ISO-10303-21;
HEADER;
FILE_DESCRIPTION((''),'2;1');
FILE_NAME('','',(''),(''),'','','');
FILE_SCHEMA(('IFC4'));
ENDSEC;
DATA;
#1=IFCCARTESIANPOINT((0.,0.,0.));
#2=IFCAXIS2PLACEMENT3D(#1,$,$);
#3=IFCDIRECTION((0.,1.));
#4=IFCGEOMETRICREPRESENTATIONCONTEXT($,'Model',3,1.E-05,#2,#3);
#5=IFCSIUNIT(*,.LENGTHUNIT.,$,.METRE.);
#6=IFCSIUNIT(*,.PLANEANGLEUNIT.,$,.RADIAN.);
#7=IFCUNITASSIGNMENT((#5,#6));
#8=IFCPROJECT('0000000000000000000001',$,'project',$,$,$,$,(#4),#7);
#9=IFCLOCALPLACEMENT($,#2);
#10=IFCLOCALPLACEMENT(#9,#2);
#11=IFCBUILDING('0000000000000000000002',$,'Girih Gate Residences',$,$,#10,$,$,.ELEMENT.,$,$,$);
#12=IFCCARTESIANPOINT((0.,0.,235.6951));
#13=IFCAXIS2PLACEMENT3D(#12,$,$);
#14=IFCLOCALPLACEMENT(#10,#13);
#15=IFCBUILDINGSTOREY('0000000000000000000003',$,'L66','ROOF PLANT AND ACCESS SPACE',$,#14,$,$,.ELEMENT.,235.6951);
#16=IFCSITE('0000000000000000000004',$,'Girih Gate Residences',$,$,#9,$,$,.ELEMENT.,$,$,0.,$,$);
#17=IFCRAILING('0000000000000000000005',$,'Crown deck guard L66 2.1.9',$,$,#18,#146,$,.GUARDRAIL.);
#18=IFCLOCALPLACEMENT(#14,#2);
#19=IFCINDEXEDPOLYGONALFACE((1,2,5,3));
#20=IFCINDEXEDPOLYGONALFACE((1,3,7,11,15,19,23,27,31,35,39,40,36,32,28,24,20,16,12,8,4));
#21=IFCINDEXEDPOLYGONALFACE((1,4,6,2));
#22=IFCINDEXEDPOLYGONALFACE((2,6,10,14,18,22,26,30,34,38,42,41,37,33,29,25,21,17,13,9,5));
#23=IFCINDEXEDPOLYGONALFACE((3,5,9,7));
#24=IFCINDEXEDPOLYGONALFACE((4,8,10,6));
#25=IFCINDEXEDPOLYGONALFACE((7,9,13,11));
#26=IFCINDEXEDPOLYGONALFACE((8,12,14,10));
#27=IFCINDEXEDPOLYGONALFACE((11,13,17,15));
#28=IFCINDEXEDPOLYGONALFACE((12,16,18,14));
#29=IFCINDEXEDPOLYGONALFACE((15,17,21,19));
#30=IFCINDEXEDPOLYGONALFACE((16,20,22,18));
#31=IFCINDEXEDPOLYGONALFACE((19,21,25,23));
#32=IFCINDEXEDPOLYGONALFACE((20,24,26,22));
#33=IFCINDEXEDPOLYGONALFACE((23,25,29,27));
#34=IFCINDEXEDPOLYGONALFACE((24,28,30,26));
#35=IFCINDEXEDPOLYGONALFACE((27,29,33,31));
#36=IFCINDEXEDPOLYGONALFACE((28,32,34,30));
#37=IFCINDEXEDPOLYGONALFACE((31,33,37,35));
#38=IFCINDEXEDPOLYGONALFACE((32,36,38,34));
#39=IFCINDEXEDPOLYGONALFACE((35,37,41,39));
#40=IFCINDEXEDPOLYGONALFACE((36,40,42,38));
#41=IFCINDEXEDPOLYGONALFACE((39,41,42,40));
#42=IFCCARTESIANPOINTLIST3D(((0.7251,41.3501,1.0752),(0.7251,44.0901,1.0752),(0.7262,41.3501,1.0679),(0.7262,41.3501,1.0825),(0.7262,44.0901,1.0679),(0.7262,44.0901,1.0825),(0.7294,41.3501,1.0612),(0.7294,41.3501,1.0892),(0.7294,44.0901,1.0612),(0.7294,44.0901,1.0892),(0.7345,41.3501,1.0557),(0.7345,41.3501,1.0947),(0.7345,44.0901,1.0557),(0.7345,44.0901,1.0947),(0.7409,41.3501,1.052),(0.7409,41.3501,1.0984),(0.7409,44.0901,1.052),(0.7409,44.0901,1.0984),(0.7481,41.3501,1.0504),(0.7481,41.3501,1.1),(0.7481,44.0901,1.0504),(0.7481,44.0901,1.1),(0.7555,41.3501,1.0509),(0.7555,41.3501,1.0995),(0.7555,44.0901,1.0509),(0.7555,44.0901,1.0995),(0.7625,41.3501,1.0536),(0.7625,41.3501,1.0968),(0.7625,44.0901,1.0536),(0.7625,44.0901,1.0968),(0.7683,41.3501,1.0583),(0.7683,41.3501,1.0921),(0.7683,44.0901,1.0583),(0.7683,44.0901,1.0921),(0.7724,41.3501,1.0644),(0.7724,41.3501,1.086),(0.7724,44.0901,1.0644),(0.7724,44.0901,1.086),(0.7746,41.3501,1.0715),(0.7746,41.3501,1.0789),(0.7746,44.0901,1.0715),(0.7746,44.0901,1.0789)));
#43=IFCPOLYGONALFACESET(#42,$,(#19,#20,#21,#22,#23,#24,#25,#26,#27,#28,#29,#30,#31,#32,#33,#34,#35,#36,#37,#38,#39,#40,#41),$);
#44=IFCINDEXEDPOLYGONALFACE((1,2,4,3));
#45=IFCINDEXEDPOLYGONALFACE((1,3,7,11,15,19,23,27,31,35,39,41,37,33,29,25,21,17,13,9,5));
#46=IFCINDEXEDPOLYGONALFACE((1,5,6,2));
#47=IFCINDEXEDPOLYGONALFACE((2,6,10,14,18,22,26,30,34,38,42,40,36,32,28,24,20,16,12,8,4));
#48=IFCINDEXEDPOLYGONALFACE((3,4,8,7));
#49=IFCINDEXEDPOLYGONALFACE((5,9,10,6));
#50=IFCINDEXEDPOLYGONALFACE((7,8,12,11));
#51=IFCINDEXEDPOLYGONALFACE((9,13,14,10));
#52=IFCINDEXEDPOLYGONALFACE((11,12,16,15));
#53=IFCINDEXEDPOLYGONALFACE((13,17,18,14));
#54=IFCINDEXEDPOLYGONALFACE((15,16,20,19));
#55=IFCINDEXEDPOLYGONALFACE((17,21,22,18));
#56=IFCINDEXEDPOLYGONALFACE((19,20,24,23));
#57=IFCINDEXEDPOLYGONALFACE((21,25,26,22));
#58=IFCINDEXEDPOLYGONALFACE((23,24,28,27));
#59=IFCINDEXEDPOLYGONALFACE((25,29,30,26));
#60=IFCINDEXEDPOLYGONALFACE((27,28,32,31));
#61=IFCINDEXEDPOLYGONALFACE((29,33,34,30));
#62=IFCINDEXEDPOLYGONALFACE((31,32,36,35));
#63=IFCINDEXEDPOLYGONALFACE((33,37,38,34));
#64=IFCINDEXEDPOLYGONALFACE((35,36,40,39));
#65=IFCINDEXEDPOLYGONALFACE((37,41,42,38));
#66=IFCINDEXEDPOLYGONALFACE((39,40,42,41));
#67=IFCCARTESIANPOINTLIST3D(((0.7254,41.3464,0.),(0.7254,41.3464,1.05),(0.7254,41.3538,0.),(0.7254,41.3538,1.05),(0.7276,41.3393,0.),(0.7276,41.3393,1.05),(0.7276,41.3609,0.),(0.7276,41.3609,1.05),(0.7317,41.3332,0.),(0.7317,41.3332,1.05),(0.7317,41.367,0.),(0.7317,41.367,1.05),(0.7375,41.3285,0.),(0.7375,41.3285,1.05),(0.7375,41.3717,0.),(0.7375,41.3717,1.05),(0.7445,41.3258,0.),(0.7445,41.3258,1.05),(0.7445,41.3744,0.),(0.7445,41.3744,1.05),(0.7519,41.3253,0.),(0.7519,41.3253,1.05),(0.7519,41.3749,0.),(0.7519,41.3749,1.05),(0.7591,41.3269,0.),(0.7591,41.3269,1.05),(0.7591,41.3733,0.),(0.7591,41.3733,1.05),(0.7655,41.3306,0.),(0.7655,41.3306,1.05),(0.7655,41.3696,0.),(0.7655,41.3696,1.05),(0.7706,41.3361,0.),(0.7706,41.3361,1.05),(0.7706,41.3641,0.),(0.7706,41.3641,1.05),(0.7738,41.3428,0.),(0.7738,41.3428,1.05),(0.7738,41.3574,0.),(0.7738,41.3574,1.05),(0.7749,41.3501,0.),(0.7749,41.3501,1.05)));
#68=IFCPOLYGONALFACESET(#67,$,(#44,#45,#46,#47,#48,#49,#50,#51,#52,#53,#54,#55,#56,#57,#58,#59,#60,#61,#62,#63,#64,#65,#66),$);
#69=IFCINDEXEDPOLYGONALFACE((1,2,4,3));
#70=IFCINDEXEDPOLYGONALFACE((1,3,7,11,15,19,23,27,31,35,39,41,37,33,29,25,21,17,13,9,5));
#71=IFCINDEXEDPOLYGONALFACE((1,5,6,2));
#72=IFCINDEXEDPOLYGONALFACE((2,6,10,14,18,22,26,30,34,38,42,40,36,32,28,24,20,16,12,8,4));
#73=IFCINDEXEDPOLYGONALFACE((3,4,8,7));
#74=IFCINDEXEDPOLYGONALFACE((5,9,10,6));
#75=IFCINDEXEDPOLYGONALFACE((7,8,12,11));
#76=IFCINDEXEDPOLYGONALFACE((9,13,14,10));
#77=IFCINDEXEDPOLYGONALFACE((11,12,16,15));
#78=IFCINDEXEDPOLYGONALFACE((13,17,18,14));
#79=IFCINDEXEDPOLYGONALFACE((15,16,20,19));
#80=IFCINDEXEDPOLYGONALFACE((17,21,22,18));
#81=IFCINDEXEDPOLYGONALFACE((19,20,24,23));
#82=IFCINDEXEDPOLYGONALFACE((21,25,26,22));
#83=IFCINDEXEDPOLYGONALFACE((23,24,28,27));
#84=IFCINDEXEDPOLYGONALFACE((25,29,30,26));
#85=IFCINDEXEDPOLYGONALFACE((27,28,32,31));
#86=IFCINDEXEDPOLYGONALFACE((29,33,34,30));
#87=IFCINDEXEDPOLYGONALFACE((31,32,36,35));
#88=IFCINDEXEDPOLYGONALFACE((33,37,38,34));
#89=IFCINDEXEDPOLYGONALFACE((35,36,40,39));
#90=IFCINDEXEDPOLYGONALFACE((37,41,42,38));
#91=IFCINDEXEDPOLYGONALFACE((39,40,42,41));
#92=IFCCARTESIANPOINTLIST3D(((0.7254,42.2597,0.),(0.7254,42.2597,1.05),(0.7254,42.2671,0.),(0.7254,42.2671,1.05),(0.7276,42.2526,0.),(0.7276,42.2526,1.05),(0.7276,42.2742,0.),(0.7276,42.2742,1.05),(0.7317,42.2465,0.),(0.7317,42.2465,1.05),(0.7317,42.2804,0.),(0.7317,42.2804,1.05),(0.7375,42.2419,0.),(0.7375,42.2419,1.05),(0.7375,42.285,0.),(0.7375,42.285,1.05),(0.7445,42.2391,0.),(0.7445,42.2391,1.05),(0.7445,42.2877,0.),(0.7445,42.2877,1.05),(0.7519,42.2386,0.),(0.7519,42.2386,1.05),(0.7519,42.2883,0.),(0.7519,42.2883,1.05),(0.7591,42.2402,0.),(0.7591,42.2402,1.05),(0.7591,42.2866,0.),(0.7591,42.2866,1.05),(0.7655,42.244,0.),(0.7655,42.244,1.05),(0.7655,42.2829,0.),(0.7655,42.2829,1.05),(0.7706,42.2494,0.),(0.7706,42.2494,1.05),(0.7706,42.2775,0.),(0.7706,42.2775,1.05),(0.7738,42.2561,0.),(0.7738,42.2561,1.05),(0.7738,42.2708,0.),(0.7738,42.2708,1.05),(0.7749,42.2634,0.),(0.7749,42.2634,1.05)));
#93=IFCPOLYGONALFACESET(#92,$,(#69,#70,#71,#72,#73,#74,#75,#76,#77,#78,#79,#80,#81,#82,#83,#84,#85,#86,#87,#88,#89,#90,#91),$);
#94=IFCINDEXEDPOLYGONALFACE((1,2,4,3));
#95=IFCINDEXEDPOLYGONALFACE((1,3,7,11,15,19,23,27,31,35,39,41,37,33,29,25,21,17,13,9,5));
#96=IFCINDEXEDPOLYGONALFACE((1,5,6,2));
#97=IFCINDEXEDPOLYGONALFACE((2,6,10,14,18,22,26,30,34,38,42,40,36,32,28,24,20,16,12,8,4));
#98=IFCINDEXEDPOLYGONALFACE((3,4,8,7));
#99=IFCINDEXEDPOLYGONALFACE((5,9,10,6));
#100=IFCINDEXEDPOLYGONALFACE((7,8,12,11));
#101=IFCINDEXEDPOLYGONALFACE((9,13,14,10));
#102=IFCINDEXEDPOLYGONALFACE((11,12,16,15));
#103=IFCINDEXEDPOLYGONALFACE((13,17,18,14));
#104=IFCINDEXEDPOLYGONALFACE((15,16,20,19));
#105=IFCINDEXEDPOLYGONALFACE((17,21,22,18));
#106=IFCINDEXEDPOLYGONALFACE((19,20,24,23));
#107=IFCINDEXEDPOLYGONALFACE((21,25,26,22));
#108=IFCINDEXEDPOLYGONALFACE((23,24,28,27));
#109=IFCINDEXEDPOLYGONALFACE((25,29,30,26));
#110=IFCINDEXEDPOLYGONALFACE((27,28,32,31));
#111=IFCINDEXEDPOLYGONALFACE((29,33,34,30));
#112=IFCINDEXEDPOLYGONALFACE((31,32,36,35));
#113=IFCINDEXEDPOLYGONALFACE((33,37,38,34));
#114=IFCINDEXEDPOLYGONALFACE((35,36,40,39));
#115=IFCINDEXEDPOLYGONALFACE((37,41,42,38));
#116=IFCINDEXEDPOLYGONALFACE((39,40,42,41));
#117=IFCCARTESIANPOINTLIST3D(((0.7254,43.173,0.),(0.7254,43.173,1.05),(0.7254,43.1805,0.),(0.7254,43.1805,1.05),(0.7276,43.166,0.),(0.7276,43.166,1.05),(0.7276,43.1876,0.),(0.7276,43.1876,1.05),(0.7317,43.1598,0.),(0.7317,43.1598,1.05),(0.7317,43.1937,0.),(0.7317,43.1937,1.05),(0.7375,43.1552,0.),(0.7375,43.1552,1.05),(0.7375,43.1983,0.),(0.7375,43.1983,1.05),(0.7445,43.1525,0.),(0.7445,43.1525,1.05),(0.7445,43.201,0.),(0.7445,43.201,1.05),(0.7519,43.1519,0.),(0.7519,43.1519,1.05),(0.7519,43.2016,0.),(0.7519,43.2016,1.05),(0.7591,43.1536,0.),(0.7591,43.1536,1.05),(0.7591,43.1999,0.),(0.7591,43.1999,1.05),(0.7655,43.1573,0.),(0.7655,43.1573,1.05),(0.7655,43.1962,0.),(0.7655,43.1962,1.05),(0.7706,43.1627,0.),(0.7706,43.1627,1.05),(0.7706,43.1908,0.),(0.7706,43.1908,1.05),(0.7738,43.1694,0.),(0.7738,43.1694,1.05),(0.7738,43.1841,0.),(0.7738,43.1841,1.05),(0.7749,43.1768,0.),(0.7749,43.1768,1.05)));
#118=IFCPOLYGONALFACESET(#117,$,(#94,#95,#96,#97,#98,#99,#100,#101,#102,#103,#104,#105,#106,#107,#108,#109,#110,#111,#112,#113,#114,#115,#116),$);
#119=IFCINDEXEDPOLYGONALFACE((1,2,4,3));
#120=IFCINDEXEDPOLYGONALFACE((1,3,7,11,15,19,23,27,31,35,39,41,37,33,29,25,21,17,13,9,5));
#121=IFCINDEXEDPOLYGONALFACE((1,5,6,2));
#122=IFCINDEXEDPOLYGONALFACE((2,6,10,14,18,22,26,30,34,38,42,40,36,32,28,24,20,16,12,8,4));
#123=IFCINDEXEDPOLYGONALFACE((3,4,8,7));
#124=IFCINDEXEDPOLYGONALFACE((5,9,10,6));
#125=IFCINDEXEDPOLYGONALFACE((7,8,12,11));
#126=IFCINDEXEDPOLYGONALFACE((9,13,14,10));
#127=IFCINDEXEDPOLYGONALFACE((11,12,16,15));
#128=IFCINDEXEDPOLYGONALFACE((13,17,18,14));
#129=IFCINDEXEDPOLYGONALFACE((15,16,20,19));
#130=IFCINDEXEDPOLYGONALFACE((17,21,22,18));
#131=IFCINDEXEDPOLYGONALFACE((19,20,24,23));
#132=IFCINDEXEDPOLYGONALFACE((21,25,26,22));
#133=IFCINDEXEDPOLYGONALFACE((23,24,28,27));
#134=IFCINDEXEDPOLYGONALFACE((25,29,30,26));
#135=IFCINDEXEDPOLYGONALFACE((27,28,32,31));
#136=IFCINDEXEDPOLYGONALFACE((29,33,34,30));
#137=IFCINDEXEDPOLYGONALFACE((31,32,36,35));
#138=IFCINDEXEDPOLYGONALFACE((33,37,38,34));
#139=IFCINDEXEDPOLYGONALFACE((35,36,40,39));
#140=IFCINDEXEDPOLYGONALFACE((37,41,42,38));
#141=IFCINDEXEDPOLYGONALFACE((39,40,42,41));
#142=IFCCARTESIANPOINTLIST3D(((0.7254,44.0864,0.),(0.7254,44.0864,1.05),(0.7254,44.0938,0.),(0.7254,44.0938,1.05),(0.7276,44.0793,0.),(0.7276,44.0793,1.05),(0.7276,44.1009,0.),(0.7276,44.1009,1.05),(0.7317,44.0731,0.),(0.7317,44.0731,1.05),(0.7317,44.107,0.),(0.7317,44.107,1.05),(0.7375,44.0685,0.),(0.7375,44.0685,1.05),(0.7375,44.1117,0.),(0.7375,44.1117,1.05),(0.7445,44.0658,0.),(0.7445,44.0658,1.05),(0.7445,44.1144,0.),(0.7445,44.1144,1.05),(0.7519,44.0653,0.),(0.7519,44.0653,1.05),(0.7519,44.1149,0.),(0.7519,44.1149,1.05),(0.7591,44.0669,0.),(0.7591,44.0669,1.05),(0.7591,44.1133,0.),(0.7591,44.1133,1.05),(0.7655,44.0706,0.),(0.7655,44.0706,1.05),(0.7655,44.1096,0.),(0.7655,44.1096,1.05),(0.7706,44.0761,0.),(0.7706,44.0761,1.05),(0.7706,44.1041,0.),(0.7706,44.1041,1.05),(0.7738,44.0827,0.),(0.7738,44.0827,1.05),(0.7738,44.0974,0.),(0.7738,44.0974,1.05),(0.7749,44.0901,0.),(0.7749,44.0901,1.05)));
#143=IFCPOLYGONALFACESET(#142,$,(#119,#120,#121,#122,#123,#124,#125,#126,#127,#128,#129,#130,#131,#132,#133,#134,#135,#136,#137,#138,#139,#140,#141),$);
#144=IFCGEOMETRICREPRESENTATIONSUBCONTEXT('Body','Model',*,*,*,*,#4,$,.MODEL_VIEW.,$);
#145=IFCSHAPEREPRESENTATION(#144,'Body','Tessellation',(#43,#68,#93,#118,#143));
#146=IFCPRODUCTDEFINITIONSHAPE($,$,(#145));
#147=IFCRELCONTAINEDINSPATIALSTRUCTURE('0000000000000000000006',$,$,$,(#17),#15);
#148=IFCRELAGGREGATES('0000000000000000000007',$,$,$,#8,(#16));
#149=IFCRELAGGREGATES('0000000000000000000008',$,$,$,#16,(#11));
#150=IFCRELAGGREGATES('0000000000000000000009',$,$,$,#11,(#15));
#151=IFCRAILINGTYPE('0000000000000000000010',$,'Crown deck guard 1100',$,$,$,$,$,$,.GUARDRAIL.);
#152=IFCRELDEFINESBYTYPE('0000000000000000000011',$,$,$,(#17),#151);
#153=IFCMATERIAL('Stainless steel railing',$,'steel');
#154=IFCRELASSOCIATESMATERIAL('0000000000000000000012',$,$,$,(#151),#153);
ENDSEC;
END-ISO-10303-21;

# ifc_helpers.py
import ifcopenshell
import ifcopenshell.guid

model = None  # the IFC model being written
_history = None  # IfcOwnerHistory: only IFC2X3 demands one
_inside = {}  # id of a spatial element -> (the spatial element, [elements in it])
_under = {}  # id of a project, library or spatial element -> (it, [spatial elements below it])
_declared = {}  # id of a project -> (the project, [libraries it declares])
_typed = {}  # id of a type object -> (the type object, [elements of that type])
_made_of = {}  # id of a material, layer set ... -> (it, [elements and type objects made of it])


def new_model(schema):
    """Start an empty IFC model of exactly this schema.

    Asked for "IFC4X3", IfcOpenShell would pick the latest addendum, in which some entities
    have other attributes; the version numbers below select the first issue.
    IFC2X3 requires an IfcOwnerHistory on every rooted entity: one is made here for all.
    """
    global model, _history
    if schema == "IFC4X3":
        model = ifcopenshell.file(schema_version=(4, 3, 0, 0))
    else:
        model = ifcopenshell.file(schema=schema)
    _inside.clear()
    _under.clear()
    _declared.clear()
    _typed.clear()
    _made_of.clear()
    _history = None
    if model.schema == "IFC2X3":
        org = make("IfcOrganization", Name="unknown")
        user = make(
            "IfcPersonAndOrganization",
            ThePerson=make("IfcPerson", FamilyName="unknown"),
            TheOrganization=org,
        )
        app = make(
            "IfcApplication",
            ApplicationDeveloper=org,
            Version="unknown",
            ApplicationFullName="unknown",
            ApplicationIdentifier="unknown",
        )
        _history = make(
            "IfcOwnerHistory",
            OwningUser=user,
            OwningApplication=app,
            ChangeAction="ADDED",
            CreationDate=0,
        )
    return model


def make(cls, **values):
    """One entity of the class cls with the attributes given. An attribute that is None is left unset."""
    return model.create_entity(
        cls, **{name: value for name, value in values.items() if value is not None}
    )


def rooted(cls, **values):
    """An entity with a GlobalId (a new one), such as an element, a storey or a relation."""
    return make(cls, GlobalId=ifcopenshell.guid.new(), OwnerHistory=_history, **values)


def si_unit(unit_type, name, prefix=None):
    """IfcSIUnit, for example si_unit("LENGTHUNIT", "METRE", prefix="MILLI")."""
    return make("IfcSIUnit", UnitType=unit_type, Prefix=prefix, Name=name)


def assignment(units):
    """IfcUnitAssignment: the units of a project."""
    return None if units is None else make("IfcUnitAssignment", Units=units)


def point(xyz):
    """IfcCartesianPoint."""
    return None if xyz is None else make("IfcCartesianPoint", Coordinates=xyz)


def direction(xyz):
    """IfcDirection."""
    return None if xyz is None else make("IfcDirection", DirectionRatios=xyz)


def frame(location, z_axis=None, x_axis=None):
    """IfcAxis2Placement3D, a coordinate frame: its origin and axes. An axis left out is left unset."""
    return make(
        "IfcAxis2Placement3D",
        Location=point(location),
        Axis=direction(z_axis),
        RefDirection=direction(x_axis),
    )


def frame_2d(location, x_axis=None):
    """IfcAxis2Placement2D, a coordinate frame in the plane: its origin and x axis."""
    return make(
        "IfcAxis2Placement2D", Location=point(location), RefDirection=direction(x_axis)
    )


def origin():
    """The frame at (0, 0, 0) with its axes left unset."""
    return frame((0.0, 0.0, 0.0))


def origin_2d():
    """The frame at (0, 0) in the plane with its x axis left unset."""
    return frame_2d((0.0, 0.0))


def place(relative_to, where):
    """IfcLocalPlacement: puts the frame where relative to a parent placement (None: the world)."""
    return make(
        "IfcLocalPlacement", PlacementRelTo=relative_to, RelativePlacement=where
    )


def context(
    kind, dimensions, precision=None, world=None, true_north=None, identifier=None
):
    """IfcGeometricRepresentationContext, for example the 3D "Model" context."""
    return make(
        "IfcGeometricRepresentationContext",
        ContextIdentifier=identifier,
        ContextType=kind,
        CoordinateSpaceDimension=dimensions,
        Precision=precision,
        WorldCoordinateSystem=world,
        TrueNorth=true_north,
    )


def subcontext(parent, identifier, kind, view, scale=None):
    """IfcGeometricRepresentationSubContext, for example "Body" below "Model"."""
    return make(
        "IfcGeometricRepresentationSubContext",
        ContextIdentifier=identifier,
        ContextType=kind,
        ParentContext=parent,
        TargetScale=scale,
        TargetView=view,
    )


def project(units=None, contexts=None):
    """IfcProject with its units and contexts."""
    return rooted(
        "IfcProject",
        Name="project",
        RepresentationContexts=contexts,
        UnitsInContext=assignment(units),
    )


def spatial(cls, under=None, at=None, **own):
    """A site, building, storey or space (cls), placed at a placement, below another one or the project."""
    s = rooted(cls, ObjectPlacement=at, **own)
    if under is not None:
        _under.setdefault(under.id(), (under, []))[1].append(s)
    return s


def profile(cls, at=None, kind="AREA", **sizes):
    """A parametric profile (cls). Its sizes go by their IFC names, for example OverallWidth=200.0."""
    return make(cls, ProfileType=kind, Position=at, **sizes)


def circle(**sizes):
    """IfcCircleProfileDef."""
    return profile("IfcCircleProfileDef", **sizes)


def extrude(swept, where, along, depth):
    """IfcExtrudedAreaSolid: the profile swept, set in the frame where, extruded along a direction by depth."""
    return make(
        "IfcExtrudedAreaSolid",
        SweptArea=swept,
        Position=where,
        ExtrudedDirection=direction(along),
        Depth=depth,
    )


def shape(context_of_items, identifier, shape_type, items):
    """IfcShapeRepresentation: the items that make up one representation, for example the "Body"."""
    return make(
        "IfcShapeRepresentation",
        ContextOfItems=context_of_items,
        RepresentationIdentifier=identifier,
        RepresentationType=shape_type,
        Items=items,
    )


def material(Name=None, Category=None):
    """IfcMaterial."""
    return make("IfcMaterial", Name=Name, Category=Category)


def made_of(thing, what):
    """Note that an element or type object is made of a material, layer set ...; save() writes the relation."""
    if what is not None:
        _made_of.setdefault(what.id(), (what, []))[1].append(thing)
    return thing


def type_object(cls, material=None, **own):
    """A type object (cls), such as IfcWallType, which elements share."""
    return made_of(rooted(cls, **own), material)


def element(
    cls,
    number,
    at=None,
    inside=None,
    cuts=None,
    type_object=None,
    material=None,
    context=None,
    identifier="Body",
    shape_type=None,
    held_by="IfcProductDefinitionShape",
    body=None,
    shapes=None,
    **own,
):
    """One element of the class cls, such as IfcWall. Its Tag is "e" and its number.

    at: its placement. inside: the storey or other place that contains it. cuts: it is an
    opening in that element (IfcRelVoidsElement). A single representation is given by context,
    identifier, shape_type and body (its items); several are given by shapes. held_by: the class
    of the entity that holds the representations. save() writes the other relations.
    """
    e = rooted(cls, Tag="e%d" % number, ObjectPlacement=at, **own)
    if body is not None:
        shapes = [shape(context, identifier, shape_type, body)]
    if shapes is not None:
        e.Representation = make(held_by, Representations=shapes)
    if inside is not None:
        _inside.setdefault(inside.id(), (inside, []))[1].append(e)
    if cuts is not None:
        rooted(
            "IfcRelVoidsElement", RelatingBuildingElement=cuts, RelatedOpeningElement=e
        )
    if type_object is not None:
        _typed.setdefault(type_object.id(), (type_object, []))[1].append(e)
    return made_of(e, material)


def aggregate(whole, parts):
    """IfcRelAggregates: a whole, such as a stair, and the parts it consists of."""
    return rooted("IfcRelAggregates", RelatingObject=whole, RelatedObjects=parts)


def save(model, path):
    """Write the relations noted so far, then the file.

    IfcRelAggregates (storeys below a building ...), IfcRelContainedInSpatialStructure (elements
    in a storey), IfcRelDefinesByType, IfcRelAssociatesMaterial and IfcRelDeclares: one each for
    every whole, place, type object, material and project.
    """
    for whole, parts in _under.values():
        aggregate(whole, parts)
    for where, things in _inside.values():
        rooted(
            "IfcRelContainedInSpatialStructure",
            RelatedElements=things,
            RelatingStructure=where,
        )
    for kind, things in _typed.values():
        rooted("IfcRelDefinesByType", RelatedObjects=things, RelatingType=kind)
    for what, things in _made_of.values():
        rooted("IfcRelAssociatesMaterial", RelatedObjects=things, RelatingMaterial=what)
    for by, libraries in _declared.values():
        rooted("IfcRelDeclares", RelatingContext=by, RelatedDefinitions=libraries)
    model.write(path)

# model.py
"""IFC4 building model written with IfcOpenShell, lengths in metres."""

from ifc_helpers import new_model, si_unit, direction, frame, origin, origin_2d, place, context, subcontext, project, spatial, circle, extrude, material, type_object, element, save


model = new_model("IFC4")

# Units and contexts
model_context = context("Model", 3, precision=1e-05, world=origin(), true_north=direction((0.0, 1.0)))
body_context = subcontext(model_context, "Body", "Model", "MODEL_VIEW")
ifc_project = project(units=[si_unit("LENGTHUNIT", "METRE"), si_unit("PLANEANGLEUNIT", "RADIAN")], contexts=[model_context])

# Site, building, storey
site_placement = place(None, origin())
site = spatial("IfcSite", under=ifc_project, at=site_placement, Name="Girih Gate Residences", CompositionType="ELEMENT", RefElevation=0.0)
building_placement = place(site_placement, origin())
building = spatial("IfcBuilding", under=site, at=building_placement, Name="Girih Gate Residences", CompositionType="ELEMENT")
storey_placement = place(building_placement, frame((0.0, 0.0, 235.6951)))
storey = spatial("IfcBuildingStorey", under=building, at=storey_placement, Name="L66", Description="ROOF PLANT AND ACCESS SPACE", CompositionType="ELEMENT", Elevation=235.6951)

# Railing
ifc_material_1 = material(Name="Stainless steel railing", Category="steel")
railing_type = type_object("IfcRailingType", Name="Crown deck guard 1100", PredefinedType="GUARDRAIL", material=ifc_material_1)
railing_1_placement = place(storey_placement, frame((0.75, 41.3501, 0.0)))
element("IfcRailing", 1, at=railing_1_placement, inside=storey, type_object=railing_type, Name="Crown deck guard L66 2.1.9", PredefinedType="GUARDRAIL", context=body_context, shape_type="SweptSolid", body=[
    extrude(circle(Radius=0.0249, at=origin_2d()), frame((0.0, 0.0, 1.0752), z_axis=(0.0, 1.0, 0.0), x_axis=(-1.0, 0.0, 0.0)), (0.0, 0.0, 1.0), 2.74),
    extrude(circle(Radius=0.0249, at=origin_2d()), origin(), (0.0, 0.0, 1.0), 1.05),
    extrude(circle(Radius=0.0249, at=origin_2d()), frame((0.0, 0.9133, 0.0)), (0.0, 0.0, 1.0), 1.05),
    extrude(circle(Radius=0.0249, at=origin_2d()), frame((0.0, 1.8267, 0.0)), (0.0, 0.0, 1.0), 1.05),
    extrude(circle(Radius=0.0249, at=origin_2d()), frame((0.0, 2.74, 0.0)), (0.0, 0.0, 1.0), 1.05),
])

save(model, "model.ifc")
